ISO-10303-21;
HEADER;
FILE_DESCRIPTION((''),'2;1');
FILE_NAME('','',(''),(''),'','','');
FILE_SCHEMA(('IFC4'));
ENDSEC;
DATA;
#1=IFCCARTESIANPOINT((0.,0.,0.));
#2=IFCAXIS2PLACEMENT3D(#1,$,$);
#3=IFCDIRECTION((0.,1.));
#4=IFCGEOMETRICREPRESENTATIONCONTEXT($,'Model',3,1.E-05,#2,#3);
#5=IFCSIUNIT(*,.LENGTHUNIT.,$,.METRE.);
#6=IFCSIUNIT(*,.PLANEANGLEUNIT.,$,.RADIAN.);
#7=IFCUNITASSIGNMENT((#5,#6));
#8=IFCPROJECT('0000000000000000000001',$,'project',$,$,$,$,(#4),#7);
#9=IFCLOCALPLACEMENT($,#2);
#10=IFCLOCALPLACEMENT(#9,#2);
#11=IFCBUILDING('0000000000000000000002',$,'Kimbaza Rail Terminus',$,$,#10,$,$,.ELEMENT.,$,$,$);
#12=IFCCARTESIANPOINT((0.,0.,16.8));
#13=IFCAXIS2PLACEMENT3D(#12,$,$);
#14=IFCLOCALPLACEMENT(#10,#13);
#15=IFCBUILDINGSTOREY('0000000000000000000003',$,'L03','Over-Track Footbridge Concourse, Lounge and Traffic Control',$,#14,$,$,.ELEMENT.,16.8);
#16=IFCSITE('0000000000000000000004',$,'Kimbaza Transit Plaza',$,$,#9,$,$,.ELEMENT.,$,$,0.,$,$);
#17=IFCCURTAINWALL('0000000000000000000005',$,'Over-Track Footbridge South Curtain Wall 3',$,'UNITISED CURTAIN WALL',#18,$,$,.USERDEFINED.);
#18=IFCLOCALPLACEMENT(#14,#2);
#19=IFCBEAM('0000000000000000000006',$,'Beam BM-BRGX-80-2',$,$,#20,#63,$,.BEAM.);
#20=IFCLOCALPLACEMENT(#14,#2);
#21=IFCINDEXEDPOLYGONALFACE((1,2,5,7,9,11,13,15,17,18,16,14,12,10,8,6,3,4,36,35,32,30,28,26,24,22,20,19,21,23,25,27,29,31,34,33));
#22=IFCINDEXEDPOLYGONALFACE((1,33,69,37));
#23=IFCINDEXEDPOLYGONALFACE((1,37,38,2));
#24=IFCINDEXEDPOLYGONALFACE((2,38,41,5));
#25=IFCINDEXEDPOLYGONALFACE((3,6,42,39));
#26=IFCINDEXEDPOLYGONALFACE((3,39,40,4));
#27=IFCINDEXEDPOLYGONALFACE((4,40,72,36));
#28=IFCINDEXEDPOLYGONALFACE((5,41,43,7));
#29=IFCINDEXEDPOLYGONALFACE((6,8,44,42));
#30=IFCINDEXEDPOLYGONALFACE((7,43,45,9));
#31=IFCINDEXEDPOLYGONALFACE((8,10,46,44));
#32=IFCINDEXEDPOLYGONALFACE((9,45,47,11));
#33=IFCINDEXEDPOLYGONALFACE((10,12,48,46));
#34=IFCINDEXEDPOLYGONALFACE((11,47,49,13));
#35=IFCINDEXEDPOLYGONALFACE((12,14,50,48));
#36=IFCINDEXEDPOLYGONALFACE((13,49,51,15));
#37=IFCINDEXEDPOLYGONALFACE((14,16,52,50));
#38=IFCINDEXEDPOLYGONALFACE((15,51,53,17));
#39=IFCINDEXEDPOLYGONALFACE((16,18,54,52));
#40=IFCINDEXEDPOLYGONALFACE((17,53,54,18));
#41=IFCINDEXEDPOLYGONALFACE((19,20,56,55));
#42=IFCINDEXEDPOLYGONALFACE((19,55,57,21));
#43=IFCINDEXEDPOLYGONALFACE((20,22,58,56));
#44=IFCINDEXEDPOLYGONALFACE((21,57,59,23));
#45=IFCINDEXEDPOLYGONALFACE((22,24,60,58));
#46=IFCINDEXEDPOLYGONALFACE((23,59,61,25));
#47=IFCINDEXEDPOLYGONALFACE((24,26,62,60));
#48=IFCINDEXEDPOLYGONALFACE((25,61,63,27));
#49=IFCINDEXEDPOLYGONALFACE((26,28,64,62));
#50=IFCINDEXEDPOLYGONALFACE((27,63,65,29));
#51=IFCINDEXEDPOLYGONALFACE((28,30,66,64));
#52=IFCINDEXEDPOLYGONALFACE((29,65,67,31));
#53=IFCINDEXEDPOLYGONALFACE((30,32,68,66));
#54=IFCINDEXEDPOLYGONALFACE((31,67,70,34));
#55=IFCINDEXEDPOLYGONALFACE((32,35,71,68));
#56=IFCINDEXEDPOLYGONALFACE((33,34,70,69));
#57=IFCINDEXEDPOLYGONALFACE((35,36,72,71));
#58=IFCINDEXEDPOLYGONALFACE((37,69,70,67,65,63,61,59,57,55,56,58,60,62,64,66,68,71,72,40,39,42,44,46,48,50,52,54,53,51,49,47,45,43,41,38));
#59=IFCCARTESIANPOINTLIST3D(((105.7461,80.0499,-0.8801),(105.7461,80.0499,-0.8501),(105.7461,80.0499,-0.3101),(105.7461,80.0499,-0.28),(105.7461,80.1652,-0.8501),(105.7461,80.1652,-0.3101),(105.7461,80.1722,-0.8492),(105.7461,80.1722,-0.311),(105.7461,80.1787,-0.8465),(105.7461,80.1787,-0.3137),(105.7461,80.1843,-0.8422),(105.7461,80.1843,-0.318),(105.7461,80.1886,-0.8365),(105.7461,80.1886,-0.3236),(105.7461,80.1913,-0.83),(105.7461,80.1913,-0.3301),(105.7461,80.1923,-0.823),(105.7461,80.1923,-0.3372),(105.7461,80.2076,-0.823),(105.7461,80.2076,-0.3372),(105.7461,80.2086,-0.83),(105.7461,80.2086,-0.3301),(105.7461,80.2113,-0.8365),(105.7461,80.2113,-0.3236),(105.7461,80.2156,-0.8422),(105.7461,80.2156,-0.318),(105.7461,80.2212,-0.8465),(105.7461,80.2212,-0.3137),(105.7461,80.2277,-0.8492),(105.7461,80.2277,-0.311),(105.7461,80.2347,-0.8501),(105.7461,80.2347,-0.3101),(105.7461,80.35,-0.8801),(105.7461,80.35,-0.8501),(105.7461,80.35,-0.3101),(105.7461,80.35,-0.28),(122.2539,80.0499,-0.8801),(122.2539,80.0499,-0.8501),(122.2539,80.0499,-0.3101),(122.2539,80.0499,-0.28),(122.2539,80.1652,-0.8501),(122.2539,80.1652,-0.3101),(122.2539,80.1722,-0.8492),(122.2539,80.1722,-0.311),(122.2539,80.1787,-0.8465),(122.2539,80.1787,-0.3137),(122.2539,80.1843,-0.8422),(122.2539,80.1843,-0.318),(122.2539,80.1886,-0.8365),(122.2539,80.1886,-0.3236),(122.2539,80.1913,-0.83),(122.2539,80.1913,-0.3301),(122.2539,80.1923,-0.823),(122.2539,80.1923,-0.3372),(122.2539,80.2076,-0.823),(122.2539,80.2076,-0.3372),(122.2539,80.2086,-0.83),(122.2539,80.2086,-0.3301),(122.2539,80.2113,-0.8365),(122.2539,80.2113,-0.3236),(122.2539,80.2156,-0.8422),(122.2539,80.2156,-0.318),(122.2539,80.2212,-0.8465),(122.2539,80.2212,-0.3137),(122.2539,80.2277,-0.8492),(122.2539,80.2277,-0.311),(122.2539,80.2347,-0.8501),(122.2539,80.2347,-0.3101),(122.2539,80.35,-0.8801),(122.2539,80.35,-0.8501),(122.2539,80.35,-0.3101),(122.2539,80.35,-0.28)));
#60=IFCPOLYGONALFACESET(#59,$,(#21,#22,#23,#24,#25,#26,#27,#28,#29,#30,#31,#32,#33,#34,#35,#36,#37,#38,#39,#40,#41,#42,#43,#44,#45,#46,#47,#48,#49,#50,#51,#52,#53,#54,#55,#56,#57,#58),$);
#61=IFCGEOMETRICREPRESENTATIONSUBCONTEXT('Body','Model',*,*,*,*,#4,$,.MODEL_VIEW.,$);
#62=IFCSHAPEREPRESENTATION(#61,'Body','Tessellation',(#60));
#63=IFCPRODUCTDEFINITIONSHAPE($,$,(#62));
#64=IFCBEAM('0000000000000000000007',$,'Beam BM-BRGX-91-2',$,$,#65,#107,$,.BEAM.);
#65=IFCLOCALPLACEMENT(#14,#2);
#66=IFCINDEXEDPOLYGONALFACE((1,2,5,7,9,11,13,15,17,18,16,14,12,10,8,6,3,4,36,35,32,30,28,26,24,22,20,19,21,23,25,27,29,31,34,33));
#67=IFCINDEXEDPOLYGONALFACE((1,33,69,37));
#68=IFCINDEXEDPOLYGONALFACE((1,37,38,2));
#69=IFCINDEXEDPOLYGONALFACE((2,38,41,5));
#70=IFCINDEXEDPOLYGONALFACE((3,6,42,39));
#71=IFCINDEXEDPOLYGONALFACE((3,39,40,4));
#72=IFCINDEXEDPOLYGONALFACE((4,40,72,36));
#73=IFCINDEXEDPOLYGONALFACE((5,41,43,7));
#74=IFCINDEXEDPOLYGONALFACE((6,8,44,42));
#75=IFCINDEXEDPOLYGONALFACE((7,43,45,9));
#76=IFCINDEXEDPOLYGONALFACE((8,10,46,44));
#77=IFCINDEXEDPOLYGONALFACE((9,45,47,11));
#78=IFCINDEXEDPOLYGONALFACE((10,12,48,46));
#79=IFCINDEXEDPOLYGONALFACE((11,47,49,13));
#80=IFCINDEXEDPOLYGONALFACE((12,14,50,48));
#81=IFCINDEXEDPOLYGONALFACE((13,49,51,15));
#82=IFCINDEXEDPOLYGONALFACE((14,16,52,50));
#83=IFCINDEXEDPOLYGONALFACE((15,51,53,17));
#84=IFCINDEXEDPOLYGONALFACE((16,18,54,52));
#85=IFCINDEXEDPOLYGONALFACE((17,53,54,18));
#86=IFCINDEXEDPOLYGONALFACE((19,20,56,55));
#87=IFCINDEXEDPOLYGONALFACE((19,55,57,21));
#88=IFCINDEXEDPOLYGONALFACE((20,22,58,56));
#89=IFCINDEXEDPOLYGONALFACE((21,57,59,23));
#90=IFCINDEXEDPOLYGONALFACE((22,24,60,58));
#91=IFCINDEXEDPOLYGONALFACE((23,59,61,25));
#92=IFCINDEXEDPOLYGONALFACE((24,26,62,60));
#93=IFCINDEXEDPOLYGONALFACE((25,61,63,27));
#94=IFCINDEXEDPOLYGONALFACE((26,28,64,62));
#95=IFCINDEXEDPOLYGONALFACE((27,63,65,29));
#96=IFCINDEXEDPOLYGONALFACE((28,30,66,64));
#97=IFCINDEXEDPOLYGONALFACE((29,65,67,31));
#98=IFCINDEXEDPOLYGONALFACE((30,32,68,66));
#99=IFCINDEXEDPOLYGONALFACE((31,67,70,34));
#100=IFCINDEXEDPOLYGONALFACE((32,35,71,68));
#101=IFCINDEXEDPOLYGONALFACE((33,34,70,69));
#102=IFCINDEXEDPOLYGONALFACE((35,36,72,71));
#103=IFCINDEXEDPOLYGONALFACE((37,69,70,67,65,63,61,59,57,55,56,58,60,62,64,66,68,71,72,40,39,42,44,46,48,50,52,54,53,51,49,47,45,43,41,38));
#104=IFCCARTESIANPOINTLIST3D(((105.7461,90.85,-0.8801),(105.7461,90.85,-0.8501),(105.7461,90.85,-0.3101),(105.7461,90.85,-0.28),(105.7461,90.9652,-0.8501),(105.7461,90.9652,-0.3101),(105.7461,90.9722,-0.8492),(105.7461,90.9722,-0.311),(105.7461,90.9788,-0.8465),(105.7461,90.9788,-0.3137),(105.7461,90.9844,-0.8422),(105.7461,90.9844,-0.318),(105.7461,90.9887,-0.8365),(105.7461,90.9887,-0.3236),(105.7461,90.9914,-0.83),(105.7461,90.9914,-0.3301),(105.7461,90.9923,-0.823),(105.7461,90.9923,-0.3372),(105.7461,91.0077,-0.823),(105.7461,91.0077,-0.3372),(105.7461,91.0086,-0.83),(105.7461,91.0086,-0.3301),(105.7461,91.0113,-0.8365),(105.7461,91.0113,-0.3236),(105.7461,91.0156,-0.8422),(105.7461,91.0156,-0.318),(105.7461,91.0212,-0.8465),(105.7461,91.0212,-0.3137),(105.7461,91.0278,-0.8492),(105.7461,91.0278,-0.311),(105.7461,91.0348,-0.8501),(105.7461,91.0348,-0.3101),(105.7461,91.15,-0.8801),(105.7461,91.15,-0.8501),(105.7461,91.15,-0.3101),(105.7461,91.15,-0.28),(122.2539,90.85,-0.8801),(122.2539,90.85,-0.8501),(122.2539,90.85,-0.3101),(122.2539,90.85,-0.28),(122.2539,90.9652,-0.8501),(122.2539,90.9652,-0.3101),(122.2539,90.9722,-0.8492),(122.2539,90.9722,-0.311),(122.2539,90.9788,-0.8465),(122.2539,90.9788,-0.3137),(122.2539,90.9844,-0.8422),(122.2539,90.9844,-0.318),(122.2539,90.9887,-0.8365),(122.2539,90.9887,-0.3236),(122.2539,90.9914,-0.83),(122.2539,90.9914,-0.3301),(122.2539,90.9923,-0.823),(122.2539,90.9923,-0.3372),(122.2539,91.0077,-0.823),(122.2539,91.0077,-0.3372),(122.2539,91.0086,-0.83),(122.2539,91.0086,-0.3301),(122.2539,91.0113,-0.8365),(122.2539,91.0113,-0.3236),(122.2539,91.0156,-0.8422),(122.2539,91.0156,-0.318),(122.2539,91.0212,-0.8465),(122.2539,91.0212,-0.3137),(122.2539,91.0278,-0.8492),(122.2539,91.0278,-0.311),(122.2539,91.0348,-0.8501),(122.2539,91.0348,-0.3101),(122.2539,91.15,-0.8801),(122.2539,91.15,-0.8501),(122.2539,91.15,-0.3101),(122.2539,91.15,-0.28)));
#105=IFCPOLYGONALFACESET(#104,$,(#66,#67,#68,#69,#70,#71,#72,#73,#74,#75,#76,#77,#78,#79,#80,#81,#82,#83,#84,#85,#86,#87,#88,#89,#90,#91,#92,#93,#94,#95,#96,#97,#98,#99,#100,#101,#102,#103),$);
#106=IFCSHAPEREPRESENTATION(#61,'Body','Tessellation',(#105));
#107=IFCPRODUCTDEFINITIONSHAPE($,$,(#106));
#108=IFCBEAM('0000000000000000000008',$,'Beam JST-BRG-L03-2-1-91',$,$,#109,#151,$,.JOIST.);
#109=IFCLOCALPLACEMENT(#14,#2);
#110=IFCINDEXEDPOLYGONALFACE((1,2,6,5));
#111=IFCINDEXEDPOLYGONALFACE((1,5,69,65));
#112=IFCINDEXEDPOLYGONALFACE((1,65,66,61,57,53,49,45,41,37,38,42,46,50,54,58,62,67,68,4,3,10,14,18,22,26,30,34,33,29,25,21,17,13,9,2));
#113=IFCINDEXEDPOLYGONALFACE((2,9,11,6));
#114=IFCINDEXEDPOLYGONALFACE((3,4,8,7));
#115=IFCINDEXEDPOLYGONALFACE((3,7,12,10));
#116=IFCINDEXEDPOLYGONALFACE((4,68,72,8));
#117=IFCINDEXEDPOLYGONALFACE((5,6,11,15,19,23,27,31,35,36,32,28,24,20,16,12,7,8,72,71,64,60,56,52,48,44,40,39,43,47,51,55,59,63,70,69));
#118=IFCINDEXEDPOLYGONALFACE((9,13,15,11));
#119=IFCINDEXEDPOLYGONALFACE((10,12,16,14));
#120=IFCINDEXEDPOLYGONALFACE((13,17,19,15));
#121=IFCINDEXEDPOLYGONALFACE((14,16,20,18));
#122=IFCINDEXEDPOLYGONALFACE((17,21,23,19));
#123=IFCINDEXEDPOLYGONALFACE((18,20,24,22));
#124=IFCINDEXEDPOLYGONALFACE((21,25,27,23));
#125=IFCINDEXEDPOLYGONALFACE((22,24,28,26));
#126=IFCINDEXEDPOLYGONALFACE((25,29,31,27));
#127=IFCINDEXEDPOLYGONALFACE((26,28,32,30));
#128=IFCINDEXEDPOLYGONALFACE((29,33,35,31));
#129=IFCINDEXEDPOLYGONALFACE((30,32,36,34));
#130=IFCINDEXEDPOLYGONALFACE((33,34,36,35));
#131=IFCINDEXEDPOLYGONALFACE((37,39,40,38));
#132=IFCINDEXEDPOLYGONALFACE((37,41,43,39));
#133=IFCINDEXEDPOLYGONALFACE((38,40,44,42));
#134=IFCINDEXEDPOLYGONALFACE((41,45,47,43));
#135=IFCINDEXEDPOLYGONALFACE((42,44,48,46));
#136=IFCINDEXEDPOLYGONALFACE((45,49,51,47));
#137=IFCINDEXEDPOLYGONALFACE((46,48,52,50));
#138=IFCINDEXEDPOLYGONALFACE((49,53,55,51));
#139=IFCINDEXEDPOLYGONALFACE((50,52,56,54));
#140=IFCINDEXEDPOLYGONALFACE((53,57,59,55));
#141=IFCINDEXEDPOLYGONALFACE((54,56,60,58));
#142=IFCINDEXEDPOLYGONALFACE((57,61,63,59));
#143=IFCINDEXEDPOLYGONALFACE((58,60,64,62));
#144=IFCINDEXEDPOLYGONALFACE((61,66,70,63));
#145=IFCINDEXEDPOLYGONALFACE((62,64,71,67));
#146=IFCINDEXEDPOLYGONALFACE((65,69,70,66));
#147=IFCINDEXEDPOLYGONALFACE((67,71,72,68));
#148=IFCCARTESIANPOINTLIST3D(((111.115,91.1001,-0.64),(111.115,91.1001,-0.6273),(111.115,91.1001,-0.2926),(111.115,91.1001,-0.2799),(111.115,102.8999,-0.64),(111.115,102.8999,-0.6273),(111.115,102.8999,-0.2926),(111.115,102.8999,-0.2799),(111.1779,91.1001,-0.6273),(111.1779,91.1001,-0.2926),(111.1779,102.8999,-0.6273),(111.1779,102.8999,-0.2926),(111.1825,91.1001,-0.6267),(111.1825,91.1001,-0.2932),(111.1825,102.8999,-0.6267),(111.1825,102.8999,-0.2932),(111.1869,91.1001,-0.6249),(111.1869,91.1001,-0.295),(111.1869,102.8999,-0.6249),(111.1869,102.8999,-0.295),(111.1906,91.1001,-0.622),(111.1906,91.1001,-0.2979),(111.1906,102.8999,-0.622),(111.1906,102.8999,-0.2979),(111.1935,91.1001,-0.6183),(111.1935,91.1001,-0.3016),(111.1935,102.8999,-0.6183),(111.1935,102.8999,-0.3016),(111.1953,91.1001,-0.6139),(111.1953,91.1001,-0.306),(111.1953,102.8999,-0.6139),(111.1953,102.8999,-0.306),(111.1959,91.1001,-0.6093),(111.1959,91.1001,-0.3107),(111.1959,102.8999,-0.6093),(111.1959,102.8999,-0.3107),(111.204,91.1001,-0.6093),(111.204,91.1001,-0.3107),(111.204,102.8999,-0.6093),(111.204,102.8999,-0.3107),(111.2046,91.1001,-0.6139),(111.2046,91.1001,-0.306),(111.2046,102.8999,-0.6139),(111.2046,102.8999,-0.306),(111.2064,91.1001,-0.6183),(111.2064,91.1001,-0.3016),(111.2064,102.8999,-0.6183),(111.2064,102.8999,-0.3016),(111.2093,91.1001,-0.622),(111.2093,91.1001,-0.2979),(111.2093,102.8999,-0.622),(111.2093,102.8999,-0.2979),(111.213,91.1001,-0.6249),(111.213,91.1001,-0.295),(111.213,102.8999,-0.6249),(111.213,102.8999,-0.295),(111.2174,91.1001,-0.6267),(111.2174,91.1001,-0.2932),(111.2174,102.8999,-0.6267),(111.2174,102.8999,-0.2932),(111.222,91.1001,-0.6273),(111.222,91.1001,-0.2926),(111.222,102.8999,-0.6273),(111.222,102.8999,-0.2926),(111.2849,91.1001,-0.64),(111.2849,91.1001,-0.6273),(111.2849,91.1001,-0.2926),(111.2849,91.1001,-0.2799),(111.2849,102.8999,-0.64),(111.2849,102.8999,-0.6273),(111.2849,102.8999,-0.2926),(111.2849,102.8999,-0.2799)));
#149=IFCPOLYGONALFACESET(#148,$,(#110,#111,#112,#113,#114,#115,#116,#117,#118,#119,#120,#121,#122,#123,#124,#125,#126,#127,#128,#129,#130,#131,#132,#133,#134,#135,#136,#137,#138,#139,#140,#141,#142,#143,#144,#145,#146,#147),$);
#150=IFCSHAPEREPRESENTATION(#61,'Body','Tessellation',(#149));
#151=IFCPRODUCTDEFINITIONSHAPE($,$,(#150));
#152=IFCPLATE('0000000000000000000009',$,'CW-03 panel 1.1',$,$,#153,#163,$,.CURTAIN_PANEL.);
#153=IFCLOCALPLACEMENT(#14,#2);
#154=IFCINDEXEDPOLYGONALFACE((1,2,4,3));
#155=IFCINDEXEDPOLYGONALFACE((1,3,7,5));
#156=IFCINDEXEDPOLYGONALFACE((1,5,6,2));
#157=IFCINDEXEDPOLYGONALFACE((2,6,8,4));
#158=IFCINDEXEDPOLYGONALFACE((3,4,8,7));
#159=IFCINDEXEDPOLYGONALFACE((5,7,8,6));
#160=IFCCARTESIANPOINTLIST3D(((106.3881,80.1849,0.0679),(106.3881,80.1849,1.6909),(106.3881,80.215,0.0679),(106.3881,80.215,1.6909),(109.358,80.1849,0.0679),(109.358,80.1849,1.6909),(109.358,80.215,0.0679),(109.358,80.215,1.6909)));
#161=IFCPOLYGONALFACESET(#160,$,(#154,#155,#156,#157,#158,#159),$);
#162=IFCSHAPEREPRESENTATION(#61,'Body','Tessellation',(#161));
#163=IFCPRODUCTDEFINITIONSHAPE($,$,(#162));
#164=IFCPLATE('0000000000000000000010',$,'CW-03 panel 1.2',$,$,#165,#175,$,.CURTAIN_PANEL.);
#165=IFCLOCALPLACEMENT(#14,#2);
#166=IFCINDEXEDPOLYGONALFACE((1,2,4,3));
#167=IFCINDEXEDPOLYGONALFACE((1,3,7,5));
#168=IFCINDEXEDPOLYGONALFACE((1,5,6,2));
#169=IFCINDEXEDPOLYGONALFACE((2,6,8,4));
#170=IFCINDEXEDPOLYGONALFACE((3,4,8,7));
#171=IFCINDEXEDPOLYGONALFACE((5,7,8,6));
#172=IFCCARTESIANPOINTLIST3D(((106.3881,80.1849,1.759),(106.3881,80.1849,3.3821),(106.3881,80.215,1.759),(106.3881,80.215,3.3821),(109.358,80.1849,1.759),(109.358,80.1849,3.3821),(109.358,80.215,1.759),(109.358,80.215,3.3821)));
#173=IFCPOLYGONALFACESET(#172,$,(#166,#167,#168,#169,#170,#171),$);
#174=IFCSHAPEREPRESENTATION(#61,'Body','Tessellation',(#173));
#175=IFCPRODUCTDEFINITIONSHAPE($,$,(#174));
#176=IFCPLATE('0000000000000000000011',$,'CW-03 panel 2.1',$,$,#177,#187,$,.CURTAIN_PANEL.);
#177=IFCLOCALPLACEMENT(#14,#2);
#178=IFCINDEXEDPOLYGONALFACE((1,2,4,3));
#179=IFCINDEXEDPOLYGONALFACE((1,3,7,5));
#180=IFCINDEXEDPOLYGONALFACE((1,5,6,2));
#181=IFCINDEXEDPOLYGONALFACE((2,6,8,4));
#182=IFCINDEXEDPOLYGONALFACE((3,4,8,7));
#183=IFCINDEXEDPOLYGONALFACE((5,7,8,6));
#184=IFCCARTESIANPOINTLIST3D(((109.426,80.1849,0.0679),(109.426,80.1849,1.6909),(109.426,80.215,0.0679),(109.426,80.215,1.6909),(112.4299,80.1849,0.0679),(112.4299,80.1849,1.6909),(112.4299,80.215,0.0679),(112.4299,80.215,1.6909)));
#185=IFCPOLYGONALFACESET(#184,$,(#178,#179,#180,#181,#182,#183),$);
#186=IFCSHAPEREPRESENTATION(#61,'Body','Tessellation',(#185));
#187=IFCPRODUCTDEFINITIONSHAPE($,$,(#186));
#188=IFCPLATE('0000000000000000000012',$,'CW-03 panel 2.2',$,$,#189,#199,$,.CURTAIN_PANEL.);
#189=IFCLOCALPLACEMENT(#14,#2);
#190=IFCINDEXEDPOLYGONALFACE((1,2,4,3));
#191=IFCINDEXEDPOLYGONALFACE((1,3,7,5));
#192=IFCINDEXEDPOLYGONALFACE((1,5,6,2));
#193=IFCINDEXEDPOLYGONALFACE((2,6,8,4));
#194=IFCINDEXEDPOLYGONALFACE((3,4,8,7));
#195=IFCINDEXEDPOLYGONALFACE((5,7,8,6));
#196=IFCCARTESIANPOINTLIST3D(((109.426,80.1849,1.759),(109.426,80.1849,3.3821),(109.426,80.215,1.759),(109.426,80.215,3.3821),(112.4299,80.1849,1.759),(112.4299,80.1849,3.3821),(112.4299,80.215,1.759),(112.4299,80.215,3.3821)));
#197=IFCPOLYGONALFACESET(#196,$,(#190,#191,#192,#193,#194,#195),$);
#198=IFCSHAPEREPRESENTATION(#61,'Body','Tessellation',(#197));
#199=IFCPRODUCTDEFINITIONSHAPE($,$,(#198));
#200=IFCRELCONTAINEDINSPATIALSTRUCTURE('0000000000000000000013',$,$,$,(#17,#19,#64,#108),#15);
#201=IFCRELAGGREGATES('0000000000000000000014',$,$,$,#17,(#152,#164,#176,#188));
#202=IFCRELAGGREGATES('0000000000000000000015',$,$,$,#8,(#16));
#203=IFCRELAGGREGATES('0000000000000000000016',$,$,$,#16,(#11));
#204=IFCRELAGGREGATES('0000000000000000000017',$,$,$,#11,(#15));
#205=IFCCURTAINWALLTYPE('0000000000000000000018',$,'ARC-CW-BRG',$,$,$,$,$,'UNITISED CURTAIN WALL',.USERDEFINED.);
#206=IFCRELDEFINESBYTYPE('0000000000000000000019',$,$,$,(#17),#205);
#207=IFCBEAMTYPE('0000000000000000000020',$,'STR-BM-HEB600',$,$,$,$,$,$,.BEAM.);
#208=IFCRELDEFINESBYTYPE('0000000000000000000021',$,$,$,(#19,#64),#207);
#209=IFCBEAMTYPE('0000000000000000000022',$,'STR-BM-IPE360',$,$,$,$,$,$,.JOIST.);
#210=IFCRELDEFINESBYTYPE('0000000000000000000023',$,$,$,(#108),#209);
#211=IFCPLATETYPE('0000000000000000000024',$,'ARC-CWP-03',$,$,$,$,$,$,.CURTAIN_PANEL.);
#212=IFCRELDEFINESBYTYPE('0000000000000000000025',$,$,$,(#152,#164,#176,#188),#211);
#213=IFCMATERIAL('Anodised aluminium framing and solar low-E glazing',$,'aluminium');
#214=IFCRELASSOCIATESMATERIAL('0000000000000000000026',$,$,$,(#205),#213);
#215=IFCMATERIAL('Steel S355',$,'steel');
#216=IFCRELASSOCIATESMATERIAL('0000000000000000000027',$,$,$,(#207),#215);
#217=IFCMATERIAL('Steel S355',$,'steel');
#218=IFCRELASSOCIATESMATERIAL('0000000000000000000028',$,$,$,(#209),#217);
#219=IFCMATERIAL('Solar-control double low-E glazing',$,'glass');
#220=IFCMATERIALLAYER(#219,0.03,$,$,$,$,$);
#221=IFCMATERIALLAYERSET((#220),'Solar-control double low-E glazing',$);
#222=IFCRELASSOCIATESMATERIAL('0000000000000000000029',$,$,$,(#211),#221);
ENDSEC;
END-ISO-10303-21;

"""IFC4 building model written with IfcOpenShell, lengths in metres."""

from ifc_helpers import new_model, si_unit, direction, frame, origin, origin_2d, place, context, subcontext, project, spatial, rectangle, i_section, extrude, material, layer, layer_set, material_profile, profile_set, type_object, element, aggregate, save


model = new_model("IFC4")

# Units and contexts
model_context = context("Model", 3, precision=1e-05, world=origin(), true_north=direction((0.0, 1.0)))
body_context = subcontext(model_context, "Body", "Model", "MODEL_VIEW")
ifc_project = project(units=[si_unit("LENGTHUNIT", "METRE"), si_unit("PLANEANGLEUNIT", "RADIAN")], contexts=[model_context])

# Site, building, storey
site_placement = place(None, origin())
site = spatial("IfcSite", under=ifc_project, at=site_placement, Name="Kimbaza Transit Plaza", CompositionType="ELEMENT", RefElevation=0.0)
building_placement = place(site_placement, origin())
building = spatial("IfcBuilding", under=site, at=building_placement, Name="Kimbaza Rail Terminus", CompositionType="ELEMENT")
storey_placement = place(building_placement, frame((0.0, 0.0, 16.8)))
storey = spatial("IfcBuildingStorey", under=building, at=storey_placement, Name="L03", Description="Over-Track Footbridge Concourse, Lounge and Traffic Control", CompositionType="ELEMENT", Elevation=16.8)

# Curtain wall
ifc_material_1 = material(Name="Anodised aluminium framing and solar low-E glazing", Category="aluminium")
curtain_wall_type = type_object("IfcCurtainWallType", Name="ARC-CW-BRG", ElementType="UNITISED CURTAIN WALL", PredefinedType="USERDEFINED", material=ifc_material_1)
curtain_wall_placement = place(storey_placement, origin())
curtain_wall = element("IfcCurtainWall", 1, at=curtain_wall_placement, inside=storey, type_object=curtain_wall_type, Name="Over-Track Footbridge South Curtain Wall 3", ObjectType="UNITISED CURTAIN WALL", PredefinedType="USERDEFINED")

# Beams
ifc_material_2 = material(Name="Steel S355", Category="steel")
ifc_material_profile_1 = material_profile(ifc_material_2, i_section(OverallWidth=0.3, OverallDepth=0.6001, WebThickness=0.0154, FlangeThickness=0.03, FilletRadius=0.0271, at=origin_2d()), Name="HEB 600")
ifc_profile_set_1 = profile_set([ifc_material_profile_1], Name="Steel S355")
beam_type_1 = type_object("IfcBeamType", Name="STR-BM-HEB600", PredefinedType="BEAM", material=ifc_profile_set_1)
for number, where, z_axis, x_axis, name in (
    (2, (105.7461, 80.2, -0.5801), (1.0, 0.0, 0.0), (0.0, 1.0, 0.0), "Beam BM-BRGX-80-2"),
    (3, (105.7461, 91.0, -0.5801), (1.0, 0.0, 0.0), (0.0, 1.0, 0.0), "Beam BM-BRGX-91-2"),
):
    element("IfcBeam", number, at=place(storey_placement, frame(where, z_axis=z_axis, x_axis=x_axis)), inside=storey, type_object=beam_type_1, Name=name, PredefinedType="BEAM", context=body_context, shape_type="SweptSolid", body=[
        extrude(i_section(OverallWidth=0.3, OverallDepth=0.6001, WebThickness=0.0154, FlangeThickness=0.03, FilletRadius=0.0271, at=origin_2d()), origin(), (0.0, 0.0, 1.0), 16.5078),
    ])
ifc_material_3 = material(Name="Steel S355", Category="steel")
ifc_material_profile_2 = material_profile(ifc_material_3, i_section(OverallWidth=0.1699, OverallDepth=0.3601, WebThickness=0.0081, FlangeThickness=0.0127, FilletRadius=0.0181, at=origin_2d()), Name="IPE 360")
ifc_profile_set_2 = profile_set([ifc_material_profile_2], Name="Steel S355")
beam_type_2 = type_object("IfcBeamType", Name="STR-BM-IPE360", PredefinedType="JOIST", material=ifc_profile_set_2)
beam_placement = place(storey_placement, frame((111.2, 91.1001, -0.46), z_axis=(0.0, 1.0, 0.0), x_axis=(-1.0, 0.0, 0.0)))
element("IfcBeam", 4, at=beam_placement, inside=storey, type_object=beam_type_2, Name="Beam JST-BRG-L03-2-1-91", PredefinedType="JOIST", context=body_context, shape_type="SweptSolid", body=[
    extrude(i_section(OverallWidth=0.1699, OverallDepth=0.3601, WebThickness=0.0081, FlangeThickness=0.0127, FilletRadius=0.0181, at=origin_2d()), origin(), (0.0, 0.0, 1.0), 11.7998),
])

# Plates
ifc_material_4 = material(Name="Solar-control double low-E glazing", Category="glass")
ifc_layer_1 = layer(ifc_material_4, 0.03)
ifc_layer_set_1 = layer_set([ifc_layer_1], Name="Solar-control double low-E glazing")
plate_type = type_object("IfcPlateType", Name="ARC-CWP-03", PredefinedType="CURTAIN_PANEL", material=ifc_layer_set_1)
plate_1_placement = place(storey_placement, frame((107.873, 80.2, 0.0679), z_axis=(0.0, 0.0, 1.0), x_axis=(1.0, 0.0, 0.0)))
plate_1 = element("IfcPlate", 5, at=plate_1_placement, type_object=plate_type, Name="CW-03 panel 1.1", PredefinedType="CURTAIN_PANEL", context=body_context, shape_type="SweptSolid", body=[
    extrude(rectangle(XDim=2.97, YDim=0.03, at=origin_2d()), origin(), (0.0, 0.0, 1.0), 1.623),
])
plate_2_placement = place(storey_placement, frame((107.873, 80.2, 1.759), z_axis=(0.0, 0.0, 1.0), x_axis=(1.0, 0.0, 0.0)))
plate_2 = element("IfcPlate", 6, at=plate_2_placement, type_object=plate_type, Name="CW-03 panel 1.2", PredefinedType="CURTAIN_PANEL", context=body_context, shape_type="SweptSolid", body=[
    extrude(rectangle(XDim=2.97, YDim=0.03, at=origin_2d()), origin(), (0.0, 0.0, 1.0), 1.623),
])
plate_3_placement = place(storey_placement, frame((110.928, 80.2, 0.0679), z_axis=(0.0, 0.0, 1.0), x_axis=(1.0, 0.0, 0.0)))
plate_3 = element("IfcPlate", 7, at=plate_3_placement, type_object=plate_type, Name="CW-03 panel 2.1", PredefinedType="CURTAIN_PANEL", context=body_context, shape_type="SweptSolid", body=[
    extrude(rectangle(XDim=3.0039, YDim=0.03, at=origin_2d()), origin(), (0.0, 0.0, 1.0), 1.623),
])
plate_4_placement = place(storey_placement, frame((110.928, 80.2, 1.759), z_axis=(0.0, 0.0, 1.0), x_axis=(1.0, 0.0, 0.0)))
plate_4 = element("IfcPlate", 8, at=plate_4_placement, type_object=plate_type, Name="CW-03 panel 2.2", PredefinedType="CURTAIN_PANEL", context=body_context, shape_type="SweptSolid", body=[
    extrude(rectangle(XDim=3.0039, YDim=0.03, at=origin_2d()), origin(), (0.0, 0.0, 1.0), 1.623),
])
aggregate(curtain_wall, [plate_1, plate_2, plate_3, plate_4])

save(model, "model.ifc")
